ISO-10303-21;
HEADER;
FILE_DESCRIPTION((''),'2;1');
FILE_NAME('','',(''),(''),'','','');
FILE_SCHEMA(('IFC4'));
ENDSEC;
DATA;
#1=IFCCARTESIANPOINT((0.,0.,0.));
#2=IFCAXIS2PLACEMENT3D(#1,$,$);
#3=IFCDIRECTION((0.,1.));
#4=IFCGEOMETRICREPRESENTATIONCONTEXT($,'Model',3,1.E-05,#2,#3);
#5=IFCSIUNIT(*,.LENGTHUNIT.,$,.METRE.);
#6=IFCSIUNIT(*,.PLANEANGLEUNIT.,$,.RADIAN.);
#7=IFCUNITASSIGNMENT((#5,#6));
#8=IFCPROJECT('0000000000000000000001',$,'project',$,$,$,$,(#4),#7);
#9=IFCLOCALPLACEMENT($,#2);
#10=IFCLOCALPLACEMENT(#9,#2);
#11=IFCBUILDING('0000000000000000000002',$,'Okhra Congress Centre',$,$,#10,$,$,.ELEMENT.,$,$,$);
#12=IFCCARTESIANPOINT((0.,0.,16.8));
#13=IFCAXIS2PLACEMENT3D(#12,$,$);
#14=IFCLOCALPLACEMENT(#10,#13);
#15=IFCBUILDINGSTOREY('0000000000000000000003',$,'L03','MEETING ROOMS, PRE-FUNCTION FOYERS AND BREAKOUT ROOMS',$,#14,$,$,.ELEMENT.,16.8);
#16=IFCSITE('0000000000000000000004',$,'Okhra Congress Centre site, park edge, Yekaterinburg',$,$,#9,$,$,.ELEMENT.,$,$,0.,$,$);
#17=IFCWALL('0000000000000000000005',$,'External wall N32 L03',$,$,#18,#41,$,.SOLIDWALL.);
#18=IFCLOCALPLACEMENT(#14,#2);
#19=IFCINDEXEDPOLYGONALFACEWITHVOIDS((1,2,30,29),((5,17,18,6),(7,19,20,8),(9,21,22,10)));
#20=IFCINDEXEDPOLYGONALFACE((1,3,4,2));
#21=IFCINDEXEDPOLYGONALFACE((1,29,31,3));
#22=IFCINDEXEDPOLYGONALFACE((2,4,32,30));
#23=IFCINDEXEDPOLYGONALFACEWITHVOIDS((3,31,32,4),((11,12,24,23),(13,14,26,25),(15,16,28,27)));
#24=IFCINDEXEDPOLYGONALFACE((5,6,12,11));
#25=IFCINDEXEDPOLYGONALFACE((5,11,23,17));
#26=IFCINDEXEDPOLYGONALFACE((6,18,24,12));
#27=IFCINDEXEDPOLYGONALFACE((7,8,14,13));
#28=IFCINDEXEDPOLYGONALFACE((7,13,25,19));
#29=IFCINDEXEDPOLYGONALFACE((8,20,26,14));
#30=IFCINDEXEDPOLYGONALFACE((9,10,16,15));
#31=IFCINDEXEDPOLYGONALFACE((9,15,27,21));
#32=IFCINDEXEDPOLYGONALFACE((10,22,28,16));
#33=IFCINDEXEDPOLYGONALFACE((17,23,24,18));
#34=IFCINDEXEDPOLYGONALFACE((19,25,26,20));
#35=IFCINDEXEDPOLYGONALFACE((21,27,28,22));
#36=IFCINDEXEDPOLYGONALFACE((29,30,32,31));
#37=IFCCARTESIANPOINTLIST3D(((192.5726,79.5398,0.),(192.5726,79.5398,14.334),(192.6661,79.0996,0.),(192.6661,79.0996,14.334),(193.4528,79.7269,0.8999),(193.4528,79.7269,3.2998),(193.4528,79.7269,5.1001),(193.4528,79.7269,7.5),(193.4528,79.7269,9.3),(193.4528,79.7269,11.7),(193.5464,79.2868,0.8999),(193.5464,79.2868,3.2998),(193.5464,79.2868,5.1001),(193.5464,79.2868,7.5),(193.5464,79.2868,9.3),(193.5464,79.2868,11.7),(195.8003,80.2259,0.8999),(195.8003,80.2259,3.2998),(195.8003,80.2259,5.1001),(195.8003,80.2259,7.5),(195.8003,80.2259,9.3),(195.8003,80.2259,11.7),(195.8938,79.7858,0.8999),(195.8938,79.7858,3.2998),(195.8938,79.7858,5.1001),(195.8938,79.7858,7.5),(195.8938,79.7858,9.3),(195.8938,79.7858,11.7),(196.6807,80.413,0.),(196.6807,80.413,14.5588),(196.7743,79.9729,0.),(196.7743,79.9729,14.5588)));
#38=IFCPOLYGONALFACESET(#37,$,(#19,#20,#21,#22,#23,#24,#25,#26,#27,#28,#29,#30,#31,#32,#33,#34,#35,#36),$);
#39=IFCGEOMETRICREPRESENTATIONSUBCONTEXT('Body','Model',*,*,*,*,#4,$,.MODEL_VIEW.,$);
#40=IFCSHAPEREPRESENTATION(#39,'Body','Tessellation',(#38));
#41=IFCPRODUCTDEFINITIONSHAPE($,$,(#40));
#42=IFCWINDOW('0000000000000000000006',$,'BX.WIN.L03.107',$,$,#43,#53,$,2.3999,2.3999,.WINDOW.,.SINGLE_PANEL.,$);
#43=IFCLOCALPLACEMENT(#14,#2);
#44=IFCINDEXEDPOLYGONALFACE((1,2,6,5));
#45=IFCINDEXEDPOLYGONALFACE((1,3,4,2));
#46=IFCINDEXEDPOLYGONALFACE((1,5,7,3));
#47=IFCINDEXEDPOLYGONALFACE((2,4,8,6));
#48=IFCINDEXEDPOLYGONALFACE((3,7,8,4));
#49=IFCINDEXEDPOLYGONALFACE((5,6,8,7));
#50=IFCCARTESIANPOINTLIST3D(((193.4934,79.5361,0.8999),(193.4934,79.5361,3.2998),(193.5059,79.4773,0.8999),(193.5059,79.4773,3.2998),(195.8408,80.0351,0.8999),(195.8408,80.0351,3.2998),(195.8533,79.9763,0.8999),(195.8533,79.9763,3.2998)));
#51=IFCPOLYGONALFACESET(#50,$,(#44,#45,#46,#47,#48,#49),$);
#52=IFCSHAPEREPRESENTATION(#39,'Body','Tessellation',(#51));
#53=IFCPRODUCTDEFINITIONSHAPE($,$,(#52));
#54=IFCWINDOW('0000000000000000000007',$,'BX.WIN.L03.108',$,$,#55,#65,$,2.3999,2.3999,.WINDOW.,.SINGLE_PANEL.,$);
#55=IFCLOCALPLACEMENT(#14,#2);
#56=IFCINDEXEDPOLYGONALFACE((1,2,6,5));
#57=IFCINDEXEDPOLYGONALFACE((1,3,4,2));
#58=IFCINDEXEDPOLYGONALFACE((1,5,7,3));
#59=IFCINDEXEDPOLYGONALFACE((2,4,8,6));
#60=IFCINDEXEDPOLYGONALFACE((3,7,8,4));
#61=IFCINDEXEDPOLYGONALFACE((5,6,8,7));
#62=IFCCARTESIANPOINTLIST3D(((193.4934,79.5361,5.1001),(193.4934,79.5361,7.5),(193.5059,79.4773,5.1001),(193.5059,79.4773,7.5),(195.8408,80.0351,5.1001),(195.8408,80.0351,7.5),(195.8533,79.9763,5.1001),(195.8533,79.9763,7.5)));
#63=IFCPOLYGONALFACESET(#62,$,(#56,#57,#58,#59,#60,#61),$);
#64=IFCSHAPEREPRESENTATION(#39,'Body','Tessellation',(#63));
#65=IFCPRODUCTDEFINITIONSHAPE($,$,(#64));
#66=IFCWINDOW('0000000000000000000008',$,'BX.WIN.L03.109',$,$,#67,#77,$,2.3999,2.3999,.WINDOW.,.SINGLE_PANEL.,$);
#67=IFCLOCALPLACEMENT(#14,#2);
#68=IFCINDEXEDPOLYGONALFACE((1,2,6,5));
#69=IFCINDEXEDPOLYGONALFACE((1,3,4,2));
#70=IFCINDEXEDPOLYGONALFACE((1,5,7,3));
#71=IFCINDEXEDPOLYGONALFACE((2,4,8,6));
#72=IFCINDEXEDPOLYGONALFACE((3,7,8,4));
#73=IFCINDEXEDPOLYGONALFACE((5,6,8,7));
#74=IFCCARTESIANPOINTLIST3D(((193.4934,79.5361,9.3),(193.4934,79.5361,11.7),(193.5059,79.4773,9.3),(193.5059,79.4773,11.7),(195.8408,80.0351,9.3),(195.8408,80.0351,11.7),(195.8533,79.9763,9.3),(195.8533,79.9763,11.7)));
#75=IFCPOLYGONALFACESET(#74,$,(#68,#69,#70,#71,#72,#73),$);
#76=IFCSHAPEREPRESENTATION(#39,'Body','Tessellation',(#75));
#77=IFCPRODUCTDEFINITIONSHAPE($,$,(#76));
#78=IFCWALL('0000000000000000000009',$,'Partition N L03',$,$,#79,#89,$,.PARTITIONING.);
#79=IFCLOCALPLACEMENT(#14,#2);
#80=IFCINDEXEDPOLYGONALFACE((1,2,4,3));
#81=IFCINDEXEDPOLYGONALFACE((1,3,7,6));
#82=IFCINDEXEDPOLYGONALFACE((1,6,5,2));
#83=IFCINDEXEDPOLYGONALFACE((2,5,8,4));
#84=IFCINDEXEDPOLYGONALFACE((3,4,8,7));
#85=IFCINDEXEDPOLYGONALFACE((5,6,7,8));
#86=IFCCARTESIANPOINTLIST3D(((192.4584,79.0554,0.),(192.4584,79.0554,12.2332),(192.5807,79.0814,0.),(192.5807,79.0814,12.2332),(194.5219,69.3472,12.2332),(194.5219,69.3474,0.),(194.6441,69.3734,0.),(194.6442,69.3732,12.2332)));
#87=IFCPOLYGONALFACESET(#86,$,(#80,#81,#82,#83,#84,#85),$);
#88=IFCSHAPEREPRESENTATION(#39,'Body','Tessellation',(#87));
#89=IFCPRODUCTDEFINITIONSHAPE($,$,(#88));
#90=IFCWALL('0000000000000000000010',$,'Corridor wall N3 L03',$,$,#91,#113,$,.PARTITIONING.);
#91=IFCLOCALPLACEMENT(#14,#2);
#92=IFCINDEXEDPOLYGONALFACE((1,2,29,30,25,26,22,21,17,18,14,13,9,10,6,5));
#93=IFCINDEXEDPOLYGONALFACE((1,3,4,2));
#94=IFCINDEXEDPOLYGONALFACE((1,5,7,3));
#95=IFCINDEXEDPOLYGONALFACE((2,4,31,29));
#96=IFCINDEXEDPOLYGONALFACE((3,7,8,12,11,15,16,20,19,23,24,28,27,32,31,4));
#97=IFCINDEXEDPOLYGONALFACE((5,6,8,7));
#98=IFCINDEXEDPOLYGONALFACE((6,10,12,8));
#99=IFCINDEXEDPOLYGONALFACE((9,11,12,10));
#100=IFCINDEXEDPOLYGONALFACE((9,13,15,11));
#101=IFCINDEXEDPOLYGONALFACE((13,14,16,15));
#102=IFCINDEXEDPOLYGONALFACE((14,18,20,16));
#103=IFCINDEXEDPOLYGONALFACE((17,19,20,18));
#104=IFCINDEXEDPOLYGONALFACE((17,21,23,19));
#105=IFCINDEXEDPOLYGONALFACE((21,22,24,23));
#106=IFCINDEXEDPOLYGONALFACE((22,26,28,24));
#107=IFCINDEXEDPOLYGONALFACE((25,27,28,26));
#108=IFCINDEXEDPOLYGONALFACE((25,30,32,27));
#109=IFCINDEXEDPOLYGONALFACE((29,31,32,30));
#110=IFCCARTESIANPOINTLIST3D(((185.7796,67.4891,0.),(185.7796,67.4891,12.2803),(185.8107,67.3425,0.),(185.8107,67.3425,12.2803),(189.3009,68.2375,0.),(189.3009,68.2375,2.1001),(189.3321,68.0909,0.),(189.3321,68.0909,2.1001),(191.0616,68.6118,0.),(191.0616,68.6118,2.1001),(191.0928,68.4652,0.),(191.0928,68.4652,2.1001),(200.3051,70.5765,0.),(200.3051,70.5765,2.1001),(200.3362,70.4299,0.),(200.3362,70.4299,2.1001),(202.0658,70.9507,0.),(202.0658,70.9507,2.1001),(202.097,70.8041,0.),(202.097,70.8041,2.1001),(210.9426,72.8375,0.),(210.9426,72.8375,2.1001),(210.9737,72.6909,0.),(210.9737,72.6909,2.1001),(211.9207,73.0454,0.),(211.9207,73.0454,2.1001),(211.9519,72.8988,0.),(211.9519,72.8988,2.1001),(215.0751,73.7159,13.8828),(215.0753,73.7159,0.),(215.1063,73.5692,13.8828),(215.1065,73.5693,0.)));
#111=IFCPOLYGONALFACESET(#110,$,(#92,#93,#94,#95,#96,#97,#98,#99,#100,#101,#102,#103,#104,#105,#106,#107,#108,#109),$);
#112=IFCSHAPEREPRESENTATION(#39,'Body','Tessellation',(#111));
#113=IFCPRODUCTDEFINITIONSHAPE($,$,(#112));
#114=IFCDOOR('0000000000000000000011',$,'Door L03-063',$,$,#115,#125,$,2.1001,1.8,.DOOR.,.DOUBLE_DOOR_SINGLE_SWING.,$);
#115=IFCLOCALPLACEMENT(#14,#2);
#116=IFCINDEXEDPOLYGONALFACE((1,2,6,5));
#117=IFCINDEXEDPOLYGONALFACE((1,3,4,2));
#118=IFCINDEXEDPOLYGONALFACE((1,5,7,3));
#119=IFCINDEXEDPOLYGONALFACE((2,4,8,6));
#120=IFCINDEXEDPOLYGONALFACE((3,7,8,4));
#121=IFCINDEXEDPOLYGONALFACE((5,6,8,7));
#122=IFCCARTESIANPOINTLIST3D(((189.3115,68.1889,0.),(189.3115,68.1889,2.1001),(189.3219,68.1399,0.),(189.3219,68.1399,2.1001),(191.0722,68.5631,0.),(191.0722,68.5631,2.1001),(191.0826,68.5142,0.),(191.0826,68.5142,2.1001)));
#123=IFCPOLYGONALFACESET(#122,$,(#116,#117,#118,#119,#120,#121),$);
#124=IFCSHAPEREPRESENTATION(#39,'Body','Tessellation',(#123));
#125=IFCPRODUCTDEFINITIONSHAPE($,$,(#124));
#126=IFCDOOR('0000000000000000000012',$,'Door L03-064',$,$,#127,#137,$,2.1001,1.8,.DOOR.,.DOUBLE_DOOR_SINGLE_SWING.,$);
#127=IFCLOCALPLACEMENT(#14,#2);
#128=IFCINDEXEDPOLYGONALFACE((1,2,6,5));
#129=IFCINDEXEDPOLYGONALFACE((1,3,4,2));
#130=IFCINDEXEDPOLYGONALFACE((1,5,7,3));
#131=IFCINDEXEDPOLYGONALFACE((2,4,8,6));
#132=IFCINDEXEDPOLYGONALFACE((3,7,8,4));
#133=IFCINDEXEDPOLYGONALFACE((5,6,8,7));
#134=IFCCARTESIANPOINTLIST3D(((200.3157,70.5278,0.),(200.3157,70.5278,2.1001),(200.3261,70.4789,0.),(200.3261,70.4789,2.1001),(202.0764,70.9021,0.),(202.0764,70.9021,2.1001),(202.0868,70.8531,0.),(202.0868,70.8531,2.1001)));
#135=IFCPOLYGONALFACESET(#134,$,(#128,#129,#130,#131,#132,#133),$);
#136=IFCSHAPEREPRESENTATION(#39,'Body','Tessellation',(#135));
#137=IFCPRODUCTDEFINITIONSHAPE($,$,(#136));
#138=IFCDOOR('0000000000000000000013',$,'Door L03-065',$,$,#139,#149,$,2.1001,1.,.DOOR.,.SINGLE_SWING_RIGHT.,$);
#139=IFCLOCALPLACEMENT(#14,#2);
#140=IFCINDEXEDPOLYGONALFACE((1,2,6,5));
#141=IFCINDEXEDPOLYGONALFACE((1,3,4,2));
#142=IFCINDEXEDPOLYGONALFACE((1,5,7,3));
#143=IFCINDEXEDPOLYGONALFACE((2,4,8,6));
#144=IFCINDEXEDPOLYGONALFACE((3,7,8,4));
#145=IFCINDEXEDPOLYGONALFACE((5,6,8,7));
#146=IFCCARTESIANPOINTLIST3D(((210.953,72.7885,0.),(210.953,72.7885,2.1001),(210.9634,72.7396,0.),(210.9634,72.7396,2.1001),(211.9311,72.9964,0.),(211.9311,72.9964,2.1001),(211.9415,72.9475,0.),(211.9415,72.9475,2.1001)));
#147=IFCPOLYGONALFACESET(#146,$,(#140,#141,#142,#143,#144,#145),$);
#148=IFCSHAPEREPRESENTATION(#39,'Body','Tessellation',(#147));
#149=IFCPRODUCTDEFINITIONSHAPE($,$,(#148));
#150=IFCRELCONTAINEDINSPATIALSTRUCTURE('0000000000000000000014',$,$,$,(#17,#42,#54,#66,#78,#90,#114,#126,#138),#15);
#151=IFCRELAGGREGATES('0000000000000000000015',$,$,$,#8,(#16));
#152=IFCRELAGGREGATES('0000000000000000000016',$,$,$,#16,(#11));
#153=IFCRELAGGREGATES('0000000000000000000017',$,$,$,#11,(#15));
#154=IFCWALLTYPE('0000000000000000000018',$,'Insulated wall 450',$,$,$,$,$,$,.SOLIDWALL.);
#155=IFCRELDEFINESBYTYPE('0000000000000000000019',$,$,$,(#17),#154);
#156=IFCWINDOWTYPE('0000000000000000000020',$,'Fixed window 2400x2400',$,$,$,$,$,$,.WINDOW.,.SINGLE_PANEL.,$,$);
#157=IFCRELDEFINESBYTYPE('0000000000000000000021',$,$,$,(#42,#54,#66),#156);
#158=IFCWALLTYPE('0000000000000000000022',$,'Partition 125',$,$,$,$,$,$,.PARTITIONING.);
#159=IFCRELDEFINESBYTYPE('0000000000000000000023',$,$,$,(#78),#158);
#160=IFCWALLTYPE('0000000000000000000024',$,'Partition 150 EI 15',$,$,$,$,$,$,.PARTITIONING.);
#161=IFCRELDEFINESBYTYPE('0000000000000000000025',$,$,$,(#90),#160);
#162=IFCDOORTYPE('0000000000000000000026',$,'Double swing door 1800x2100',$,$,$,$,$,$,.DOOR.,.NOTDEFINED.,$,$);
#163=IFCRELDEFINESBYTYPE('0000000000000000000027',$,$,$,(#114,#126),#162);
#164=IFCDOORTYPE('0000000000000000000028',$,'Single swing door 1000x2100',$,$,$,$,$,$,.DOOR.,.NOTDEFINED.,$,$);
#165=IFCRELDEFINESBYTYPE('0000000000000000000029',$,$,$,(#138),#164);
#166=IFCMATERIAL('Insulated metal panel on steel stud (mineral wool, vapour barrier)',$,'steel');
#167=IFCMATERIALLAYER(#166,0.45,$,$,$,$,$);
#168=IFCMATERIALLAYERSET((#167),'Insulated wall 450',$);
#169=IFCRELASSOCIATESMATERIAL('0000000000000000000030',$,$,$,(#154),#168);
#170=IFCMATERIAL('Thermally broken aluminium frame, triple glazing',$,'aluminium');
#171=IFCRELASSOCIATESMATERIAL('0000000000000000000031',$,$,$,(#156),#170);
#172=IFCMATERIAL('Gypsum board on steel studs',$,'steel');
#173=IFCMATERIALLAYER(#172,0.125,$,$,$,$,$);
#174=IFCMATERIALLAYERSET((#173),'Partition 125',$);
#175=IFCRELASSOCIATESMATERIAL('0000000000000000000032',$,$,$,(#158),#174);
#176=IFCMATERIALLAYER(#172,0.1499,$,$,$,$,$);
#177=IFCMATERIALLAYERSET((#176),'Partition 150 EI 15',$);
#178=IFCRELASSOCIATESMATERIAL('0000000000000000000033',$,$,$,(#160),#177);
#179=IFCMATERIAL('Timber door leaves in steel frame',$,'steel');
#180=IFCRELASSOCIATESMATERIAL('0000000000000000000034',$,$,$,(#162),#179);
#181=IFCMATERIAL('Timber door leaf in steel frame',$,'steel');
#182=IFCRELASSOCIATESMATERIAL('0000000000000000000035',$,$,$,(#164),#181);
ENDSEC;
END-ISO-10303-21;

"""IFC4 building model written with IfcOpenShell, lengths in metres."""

from ifc_helpers import new_model, si_unit, direction, frame, frame_2d, origin, place, context, subcontext, project, spatial, polyline, rectangle, outline, extrude, material, layer, layer_set, type_object, element, fill, save


model = new_model("IFC4")

# Units and contexts
model_context = context("Model", 3, precision=1e-05, world=origin(), true_north=direction((0.0, 1.0)))
body_context = subcontext(model_context, "Body", "Model", "MODEL_VIEW")
ifc_project = project(units=[si_unit("LENGTHUNIT", "METRE"), si_unit("PLANEANGLEUNIT", "RADIAN")], contexts=[model_context])

# Site, building, storey
site_placement = place(None, origin())
site = spatial("IfcSite", under=ifc_project, at=site_placement, Name="Okhra Congress Centre site, park edge, Yekaterinburg", CompositionType="ELEMENT", RefElevation=0.0)
building_placement = place(site_placement, origin())
building = spatial("IfcBuilding", under=site, at=building_placement, Name="Okhra Congress Centre", CompositionType="ELEMENT")
storey_placement = place(building_placement, frame((0.0, 0.0, 16.8)))
storey = spatial("IfcBuildingStorey", under=building, at=storey_placement, Name="L03", Description="MEETING ROOMS, PRE-FUNCTION FOYERS AND BREAKOUT ROOMS", CompositionType="ELEMENT", Elevation=16.8)

# Wall, openings, windows
ifc_material_1 = material(Name="Insulated metal panel on steel stud (mineral wool, vapour barrier)", Category="steel")
ifc_layer_1 = layer(ifc_material_1, 0.45)
ifc_layer_set_1 = layer_set([ifc_layer_1], Name="Insulated wall 450")
wall_type_1 = type_object("IfcWallType", Name="Insulated wall 450", PredefinedType="SOLIDWALL", material=ifc_layer_set_1)
wall_1_placement = place(storey_placement, frame((192.6194, 79.3196, 0.0), z_axis=(0.0, 0.0, 1.0), x_axis=(0.978144, 0.207929, 0.0)))
wall_1 = element("IfcWall", 1, at=wall_1_placement, inside=storey, type_object=wall_type_1, Name="External wall N32 L03", PredefinedType="SOLIDWALL", context=body_context, shape_type="SweptSolid", body=[
    extrude(outline(polyline([(0.0, 0.0), (4.2, 0.0), (4.2, 14.5588), (0.0, 14.334), (0.0, 0.0)])), frame((0.0, 0.2251, 0.0), z_axis=(0.0, -1.0, 0.0), x_axis=(1.0, 0.0, 0.0)), (0.0, 0.0, 1.0), 0.45),
])
opening_1_placement = place(wall_1_placement, frame((0.8999, 0.0, 0.8999)))
opening_1 = element("IfcOpeningElement", 2, at=opening_1_placement, cuts=wall_1, PredefinedType="OPENING", context=body_context, shape_type="SweptSolid", body=[
    extrude(rectangle(XDim=2.3999, YDim=2.3999, at=frame_2d((1.2, 1.2))), frame((0.0, 0.2349, 0.0), z_axis=(0.0, -1.0, 0.0), x_axis=(1.0, 0.0, 0.0)), (0.0, 0.0, 1.0), 0.47),
])
opening_2_placement = place(wall_1_placement, frame((0.8999, 0.0, 5.1001)))
opening_2 = element("IfcOpeningElement", 3, at=opening_2_placement, cuts=wall_1, PredefinedType="OPENING", context=body_context, shape_type="SweptSolid", body=[
    extrude(rectangle(XDim=2.3999, YDim=2.3999, at=frame_2d((1.2, 1.2))), frame((0.0, 0.2349, 0.0), z_axis=(0.0, -1.0, 0.0), x_axis=(1.0, 0.0, 0.0)), (0.0, 0.0, 1.0), 0.47),
])
opening_3_placement = place(wall_1_placement, frame((0.8999, 0.0, 9.3)))
opening_3 = element("IfcOpeningElement", 4, at=opening_3_placement, cuts=wall_1, PredefinedType="OPENING", context=body_context, shape_type="SweptSolid", body=[
    extrude(rectangle(XDim=2.3999, YDim=2.3999, at=frame_2d((1.2, 1.2))), frame((0.0, 0.2349, 0.0), z_axis=(0.0, -1.0, 0.0), x_axis=(1.0, 0.0, 0.0)), (0.0, 0.0, 1.0), 0.47),
])
ifc_material_2 = material(Name="Thermally broken aluminium frame, triple glazing", Category="aluminium")
window_type = type_object("IfcWindowType", Name="Fixed window 2400x2400", PartitioningType="SINGLE_PANEL", PredefinedType="WINDOW", material=ifc_material_2)
window_1_placement = place(opening_1_placement, origin())
window_1 = element("IfcWindow", 5, at=window_1_placement, inside=storey, type_object=window_type, Name="BX.WIN.L03.107", OverallHeight=2.3999, OverallWidth=2.3999, PartitioningType="SINGLE_PANEL", PredefinedType="WINDOW", context=body_context, shape_type="SweptSolid", body=[
    extrude(rectangle(XDim=2.3999, YDim=2.3999, at=frame_2d((1.2, 1.2))), frame((0.0, 0.03, 0.0), z_axis=(0.0, -1.0, 0.0), x_axis=(1.0, 0.0, 0.0)), (0.0, 0.0, 1.0), 0.0601),
])
fill(opening_1, window_1)
window_2_placement = place(opening_2_placement, origin())
window_2 = element("IfcWindow", 6, at=window_2_placement, inside=storey, type_object=window_type, Name="BX.WIN.L03.108", OverallHeight=2.3999, OverallWidth=2.3999, PartitioningType="SINGLE_PANEL", PredefinedType="WINDOW", context=body_context, shape_type="SweptSolid", body=[
    extrude(rectangle(XDim=2.3999, YDim=2.3999, at=frame_2d((1.2, 1.2))), frame((0.0, 0.03, 0.0), z_axis=(0.0, -1.0, 0.0), x_axis=(1.0, 0.0, 0.0)), (0.0, 0.0, 1.0), 0.0601),
])
fill(opening_2, window_2)
window_3_placement = place(opening_3_placement, origin())
window_3 = element("IfcWindow", 7, at=window_3_placement, inside=storey, type_object=window_type, Name="BX.WIN.L03.109", OverallHeight=2.3999, OverallWidth=2.3999, PartitioningType="SINGLE_PANEL", PredefinedType="WINDOW", context=body_context, shape_type="SweptSolid", body=[
    extrude(rectangle(XDim=2.3999, YDim=2.3999, at=frame_2d((1.2, 1.2))), frame((0.0, 0.03, 0.0), z_axis=(0.0, -1.0, 0.0), x_axis=(1.0, 0.0, 0.0)), (0.0, 0.0, 1.0), 0.0601),
])
fill(opening_3, window_3)

# Wall
ifc_material_3 = material(Name="Gypsum board on steel studs", Category="steel")
ifc_layer_2 = layer(ifc_material_3, 0.125)
ifc_layer_set_2 = layer_set([ifc_layer_2], Name="Partition 125")
wall_type_2 = type_object("IfcWallType", Name="Partition 125", PredefinedType="PARTITIONING", material=ifc_layer_set_2)
wall_2_placement = place(storey_placement, frame((192.5195, 79.0684, 0.0), z_axis=(0.0, 0.0, 1.0), x_axis=(0.207909, -0.978148, 0.0)))
element("IfcWall", 8, at=wall_2_placement, inside=storey, type_object=wall_type_2, Name="Partition N L03", PredefinedType="PARTITIONING", context=body_context, shape_type="SweptSolid", body=[
    extrude(outline(polyline([(0.0, 0.0), (9.9248, 0.0), (9.925, 12.2332), (0.0, 12.2332), (0.0, 0.0)])), frame((0.0, 0.0625, 0.0), z_axis=(0.0, -1.0, 0.0), x_axis=(1.0, 0.0, 0.0)), (0.0, 0.0, 1.0), 0.125),
])

# Wall, openings, doors
ifc_layer_3 = layer(ifc_material_3, 0.1499)
ifc_layer_set_3 = layer_set([ifc_layer_3], Name="Partition 150 EI 15")
wall_type_3 = type_object("IfcWallType", Name="Partition 150 EI 15", PredefinedType="PARTITIONING", material=ifc_layer_set_3)
wall_3_placement = place(storey_placement, frame((185.7952, 67.4158, 0.0), z_axis=(0.0, 0.0, 1.0), x_axis=(0.978149, 0.207906, 0.0)))
wall_3 = element("IfcWall", 9, at=wall_3_placement, inside=storey, type_object=wall_type_3, Name="Corridor wall N3 L03", PredefinedType="PARTITIONING", context=body_context, shape_type="SweptSolid", body=[
    extrude(outline(polyline([(0.0, 0.0), (29.9502, 0.0), (29.95, 13.8828), (0.0, 12.2803), (0.0, 0.0)])), frame((0.0, 0.075, 0.0), z_axis=(0.0, -1.0, 0.0), x_axis=(1.0, 0.0, 0.0)), (0.0, 0.0, 1.0), 0.1499),
])
opening_4_placement = place(wall_3_placement, frame((3.6001, 0.0, 0.0)))
opening_4 = element("IfcOpeningElement", 10, at=opening_4_placement, cuts=wall_3, PredefinedType="OPENING", context=body_context, shape_type="SweptSolid", body=[
    extrude(rectangle(XDim=1.8, YDim=2.1001, at=frame_2d((0.8999, 1.05))), frame((0.0, 0.085, 0.0), z_axis=(0.0, -1.0, 0.0), x_axis=(1.0, 0.0, 0.0)), (0.0, 0.0, 1.0), 0.1699),
])
opening_5_placement = place(wall_3_placement, frame((14.8501, 0.0, 0.0)))
opening_5 = element("IfcOpeningElement", 11, at=opening_5_placement, cuts=wall_3, PredefinedType="OPENING", context=body_context, shape_type="SweptSolid", body=[
    extrude(rectangle(XDim=1.8, YDim=2.1001, at=frame_2d((0.8999, 1.05))), frame((0.0, 0.085, 0.0), z_axis=(0.0, -1.0, 0.0), x_axis=(1.0, 0.0, 0.0)), (0.0, 0.0, 1.0), 0.1699),
])
opening_6_placement = place(wall_3_placement, frame((25.7251, 0.0, 0.0)))
opening_6 = element("IfcOpeningElement", 12, at=opening_6_placement, cuts=wall_3, PredefinedType="OPENING", context=body_context, shape_type="SweptSolid", body=[
    extrude(rectangle(XDim=1.0, YDim=2.1001, at=frame_2d((0.5, 1.05))), frame((0.0, 0.085, 0.0), z_axis=(0.0, -1.0, 0.0), x_axis=(1.0, 0.0, 0.0)), (0.0, 0.0, 1.0), 0.1699),
])
ifc_material_4 = material(Name="Timber door leaves in steel frame", Category="steel")
door_type_1 = type_object("IfcDoorType", Name="Double swing door 1800x2100", OperationType="NOTDEFINED", PredefinedType="DOOR", material=ifc_material_4)
door_1_placement = place(opening_4_placement, frame((1.8, 0.0, 0.0), z_axis=(0.0, 0.0, 1.0), x_axis=(-1.0, 0.0, 0.0)))
door_1 = element("IfcDoor", 13, at=door_1_placement, inside=storey, type_object=door_type_1, Name="Door L03-063", OperationType="DOUBLE_DOOR_SINGLE_SWING", OverallHeight=2.1001, OverallWidth=1.8, PredefinedType="DOOR", context=body_context, shape_type="SweptSolid", body=[
    extrude(rectangle(XDim=1.8, YDim=2.1001, at=frame_2d((0.8999, 1.05))), frame((0.0, 0.0249, 0.0), z_axis=(0.0, -1.0, 0.0), x_axis=(1.0, 0.0, 0.0)), (0.0, 0.0, 1.0), 0.05),
])
fill(opening_4, door_1)
door_2_placement = place(opening_5_placement, frame((1.8, 0.0, 0.0), z_axis=(0.0, 0.0, 1.0), x_axis=(-1.0, 0.0, 0.0)))
door_2 = element("IfcDoor", 14, at=door_2_placement, inside=storey, type_object=door_type_1, Name="Door L03-064", OperationType="DOUBLE_DOOR_SINGLE_SWING", OverallHeight=2.1001, OverallWidth=1.8, PredefinedType="DOOR", context=body_context, shape_type="SweptSolid", body=[
    extrude(rectangle(XDim=1.8, YDim=2.1001, at=frame_2d((0.8999, 1.05))), frame((0.0, 0.0249, 0.0), z_axis=(0.0, -1.0, 0.0), x_axis=(1.0, 0.0, 0.0)), (0.0, 0.0, 1.0), 0.05),
])
fill(opening_5, door_2)
ifc_material_5 = material(Name="Timber door leaf in steel frame", Category="steel")
door_type_2 = type_object("IfcDoorType", Name="Single swing door 1000x2100", OperationType="NOTDEFINED", PredefinedType="DOOR", material=ifc_material_5)
door_3_placement = place(opening_6_placement, origin())
door_3 = element("IfcDoor", 15, at=door_3_placement, inside=storey, type_object=door_type_2, Name="Door L03-065", OperationType="SINGLE_SWING_RIGHT", OverallHeight=2.1001, OverallWidth=1.0, PredefinedType="DOOR", context=body_context, shape_type="SweptSolid", body=[
    extrude(rectangle(XDim=1.0, YDim=2.1001, at=frame_2d((0.5, 1.05))), frame((0.0, 0.0249, 0.0), z_axis=(0.0, -1.0, 0.0), x_axis=(1.0, 0.0, 0.0)), (0.0, 0.0, 1.0), 0.05),
])
fill(opening_6, door_3)

save(model, "model.ifc")
